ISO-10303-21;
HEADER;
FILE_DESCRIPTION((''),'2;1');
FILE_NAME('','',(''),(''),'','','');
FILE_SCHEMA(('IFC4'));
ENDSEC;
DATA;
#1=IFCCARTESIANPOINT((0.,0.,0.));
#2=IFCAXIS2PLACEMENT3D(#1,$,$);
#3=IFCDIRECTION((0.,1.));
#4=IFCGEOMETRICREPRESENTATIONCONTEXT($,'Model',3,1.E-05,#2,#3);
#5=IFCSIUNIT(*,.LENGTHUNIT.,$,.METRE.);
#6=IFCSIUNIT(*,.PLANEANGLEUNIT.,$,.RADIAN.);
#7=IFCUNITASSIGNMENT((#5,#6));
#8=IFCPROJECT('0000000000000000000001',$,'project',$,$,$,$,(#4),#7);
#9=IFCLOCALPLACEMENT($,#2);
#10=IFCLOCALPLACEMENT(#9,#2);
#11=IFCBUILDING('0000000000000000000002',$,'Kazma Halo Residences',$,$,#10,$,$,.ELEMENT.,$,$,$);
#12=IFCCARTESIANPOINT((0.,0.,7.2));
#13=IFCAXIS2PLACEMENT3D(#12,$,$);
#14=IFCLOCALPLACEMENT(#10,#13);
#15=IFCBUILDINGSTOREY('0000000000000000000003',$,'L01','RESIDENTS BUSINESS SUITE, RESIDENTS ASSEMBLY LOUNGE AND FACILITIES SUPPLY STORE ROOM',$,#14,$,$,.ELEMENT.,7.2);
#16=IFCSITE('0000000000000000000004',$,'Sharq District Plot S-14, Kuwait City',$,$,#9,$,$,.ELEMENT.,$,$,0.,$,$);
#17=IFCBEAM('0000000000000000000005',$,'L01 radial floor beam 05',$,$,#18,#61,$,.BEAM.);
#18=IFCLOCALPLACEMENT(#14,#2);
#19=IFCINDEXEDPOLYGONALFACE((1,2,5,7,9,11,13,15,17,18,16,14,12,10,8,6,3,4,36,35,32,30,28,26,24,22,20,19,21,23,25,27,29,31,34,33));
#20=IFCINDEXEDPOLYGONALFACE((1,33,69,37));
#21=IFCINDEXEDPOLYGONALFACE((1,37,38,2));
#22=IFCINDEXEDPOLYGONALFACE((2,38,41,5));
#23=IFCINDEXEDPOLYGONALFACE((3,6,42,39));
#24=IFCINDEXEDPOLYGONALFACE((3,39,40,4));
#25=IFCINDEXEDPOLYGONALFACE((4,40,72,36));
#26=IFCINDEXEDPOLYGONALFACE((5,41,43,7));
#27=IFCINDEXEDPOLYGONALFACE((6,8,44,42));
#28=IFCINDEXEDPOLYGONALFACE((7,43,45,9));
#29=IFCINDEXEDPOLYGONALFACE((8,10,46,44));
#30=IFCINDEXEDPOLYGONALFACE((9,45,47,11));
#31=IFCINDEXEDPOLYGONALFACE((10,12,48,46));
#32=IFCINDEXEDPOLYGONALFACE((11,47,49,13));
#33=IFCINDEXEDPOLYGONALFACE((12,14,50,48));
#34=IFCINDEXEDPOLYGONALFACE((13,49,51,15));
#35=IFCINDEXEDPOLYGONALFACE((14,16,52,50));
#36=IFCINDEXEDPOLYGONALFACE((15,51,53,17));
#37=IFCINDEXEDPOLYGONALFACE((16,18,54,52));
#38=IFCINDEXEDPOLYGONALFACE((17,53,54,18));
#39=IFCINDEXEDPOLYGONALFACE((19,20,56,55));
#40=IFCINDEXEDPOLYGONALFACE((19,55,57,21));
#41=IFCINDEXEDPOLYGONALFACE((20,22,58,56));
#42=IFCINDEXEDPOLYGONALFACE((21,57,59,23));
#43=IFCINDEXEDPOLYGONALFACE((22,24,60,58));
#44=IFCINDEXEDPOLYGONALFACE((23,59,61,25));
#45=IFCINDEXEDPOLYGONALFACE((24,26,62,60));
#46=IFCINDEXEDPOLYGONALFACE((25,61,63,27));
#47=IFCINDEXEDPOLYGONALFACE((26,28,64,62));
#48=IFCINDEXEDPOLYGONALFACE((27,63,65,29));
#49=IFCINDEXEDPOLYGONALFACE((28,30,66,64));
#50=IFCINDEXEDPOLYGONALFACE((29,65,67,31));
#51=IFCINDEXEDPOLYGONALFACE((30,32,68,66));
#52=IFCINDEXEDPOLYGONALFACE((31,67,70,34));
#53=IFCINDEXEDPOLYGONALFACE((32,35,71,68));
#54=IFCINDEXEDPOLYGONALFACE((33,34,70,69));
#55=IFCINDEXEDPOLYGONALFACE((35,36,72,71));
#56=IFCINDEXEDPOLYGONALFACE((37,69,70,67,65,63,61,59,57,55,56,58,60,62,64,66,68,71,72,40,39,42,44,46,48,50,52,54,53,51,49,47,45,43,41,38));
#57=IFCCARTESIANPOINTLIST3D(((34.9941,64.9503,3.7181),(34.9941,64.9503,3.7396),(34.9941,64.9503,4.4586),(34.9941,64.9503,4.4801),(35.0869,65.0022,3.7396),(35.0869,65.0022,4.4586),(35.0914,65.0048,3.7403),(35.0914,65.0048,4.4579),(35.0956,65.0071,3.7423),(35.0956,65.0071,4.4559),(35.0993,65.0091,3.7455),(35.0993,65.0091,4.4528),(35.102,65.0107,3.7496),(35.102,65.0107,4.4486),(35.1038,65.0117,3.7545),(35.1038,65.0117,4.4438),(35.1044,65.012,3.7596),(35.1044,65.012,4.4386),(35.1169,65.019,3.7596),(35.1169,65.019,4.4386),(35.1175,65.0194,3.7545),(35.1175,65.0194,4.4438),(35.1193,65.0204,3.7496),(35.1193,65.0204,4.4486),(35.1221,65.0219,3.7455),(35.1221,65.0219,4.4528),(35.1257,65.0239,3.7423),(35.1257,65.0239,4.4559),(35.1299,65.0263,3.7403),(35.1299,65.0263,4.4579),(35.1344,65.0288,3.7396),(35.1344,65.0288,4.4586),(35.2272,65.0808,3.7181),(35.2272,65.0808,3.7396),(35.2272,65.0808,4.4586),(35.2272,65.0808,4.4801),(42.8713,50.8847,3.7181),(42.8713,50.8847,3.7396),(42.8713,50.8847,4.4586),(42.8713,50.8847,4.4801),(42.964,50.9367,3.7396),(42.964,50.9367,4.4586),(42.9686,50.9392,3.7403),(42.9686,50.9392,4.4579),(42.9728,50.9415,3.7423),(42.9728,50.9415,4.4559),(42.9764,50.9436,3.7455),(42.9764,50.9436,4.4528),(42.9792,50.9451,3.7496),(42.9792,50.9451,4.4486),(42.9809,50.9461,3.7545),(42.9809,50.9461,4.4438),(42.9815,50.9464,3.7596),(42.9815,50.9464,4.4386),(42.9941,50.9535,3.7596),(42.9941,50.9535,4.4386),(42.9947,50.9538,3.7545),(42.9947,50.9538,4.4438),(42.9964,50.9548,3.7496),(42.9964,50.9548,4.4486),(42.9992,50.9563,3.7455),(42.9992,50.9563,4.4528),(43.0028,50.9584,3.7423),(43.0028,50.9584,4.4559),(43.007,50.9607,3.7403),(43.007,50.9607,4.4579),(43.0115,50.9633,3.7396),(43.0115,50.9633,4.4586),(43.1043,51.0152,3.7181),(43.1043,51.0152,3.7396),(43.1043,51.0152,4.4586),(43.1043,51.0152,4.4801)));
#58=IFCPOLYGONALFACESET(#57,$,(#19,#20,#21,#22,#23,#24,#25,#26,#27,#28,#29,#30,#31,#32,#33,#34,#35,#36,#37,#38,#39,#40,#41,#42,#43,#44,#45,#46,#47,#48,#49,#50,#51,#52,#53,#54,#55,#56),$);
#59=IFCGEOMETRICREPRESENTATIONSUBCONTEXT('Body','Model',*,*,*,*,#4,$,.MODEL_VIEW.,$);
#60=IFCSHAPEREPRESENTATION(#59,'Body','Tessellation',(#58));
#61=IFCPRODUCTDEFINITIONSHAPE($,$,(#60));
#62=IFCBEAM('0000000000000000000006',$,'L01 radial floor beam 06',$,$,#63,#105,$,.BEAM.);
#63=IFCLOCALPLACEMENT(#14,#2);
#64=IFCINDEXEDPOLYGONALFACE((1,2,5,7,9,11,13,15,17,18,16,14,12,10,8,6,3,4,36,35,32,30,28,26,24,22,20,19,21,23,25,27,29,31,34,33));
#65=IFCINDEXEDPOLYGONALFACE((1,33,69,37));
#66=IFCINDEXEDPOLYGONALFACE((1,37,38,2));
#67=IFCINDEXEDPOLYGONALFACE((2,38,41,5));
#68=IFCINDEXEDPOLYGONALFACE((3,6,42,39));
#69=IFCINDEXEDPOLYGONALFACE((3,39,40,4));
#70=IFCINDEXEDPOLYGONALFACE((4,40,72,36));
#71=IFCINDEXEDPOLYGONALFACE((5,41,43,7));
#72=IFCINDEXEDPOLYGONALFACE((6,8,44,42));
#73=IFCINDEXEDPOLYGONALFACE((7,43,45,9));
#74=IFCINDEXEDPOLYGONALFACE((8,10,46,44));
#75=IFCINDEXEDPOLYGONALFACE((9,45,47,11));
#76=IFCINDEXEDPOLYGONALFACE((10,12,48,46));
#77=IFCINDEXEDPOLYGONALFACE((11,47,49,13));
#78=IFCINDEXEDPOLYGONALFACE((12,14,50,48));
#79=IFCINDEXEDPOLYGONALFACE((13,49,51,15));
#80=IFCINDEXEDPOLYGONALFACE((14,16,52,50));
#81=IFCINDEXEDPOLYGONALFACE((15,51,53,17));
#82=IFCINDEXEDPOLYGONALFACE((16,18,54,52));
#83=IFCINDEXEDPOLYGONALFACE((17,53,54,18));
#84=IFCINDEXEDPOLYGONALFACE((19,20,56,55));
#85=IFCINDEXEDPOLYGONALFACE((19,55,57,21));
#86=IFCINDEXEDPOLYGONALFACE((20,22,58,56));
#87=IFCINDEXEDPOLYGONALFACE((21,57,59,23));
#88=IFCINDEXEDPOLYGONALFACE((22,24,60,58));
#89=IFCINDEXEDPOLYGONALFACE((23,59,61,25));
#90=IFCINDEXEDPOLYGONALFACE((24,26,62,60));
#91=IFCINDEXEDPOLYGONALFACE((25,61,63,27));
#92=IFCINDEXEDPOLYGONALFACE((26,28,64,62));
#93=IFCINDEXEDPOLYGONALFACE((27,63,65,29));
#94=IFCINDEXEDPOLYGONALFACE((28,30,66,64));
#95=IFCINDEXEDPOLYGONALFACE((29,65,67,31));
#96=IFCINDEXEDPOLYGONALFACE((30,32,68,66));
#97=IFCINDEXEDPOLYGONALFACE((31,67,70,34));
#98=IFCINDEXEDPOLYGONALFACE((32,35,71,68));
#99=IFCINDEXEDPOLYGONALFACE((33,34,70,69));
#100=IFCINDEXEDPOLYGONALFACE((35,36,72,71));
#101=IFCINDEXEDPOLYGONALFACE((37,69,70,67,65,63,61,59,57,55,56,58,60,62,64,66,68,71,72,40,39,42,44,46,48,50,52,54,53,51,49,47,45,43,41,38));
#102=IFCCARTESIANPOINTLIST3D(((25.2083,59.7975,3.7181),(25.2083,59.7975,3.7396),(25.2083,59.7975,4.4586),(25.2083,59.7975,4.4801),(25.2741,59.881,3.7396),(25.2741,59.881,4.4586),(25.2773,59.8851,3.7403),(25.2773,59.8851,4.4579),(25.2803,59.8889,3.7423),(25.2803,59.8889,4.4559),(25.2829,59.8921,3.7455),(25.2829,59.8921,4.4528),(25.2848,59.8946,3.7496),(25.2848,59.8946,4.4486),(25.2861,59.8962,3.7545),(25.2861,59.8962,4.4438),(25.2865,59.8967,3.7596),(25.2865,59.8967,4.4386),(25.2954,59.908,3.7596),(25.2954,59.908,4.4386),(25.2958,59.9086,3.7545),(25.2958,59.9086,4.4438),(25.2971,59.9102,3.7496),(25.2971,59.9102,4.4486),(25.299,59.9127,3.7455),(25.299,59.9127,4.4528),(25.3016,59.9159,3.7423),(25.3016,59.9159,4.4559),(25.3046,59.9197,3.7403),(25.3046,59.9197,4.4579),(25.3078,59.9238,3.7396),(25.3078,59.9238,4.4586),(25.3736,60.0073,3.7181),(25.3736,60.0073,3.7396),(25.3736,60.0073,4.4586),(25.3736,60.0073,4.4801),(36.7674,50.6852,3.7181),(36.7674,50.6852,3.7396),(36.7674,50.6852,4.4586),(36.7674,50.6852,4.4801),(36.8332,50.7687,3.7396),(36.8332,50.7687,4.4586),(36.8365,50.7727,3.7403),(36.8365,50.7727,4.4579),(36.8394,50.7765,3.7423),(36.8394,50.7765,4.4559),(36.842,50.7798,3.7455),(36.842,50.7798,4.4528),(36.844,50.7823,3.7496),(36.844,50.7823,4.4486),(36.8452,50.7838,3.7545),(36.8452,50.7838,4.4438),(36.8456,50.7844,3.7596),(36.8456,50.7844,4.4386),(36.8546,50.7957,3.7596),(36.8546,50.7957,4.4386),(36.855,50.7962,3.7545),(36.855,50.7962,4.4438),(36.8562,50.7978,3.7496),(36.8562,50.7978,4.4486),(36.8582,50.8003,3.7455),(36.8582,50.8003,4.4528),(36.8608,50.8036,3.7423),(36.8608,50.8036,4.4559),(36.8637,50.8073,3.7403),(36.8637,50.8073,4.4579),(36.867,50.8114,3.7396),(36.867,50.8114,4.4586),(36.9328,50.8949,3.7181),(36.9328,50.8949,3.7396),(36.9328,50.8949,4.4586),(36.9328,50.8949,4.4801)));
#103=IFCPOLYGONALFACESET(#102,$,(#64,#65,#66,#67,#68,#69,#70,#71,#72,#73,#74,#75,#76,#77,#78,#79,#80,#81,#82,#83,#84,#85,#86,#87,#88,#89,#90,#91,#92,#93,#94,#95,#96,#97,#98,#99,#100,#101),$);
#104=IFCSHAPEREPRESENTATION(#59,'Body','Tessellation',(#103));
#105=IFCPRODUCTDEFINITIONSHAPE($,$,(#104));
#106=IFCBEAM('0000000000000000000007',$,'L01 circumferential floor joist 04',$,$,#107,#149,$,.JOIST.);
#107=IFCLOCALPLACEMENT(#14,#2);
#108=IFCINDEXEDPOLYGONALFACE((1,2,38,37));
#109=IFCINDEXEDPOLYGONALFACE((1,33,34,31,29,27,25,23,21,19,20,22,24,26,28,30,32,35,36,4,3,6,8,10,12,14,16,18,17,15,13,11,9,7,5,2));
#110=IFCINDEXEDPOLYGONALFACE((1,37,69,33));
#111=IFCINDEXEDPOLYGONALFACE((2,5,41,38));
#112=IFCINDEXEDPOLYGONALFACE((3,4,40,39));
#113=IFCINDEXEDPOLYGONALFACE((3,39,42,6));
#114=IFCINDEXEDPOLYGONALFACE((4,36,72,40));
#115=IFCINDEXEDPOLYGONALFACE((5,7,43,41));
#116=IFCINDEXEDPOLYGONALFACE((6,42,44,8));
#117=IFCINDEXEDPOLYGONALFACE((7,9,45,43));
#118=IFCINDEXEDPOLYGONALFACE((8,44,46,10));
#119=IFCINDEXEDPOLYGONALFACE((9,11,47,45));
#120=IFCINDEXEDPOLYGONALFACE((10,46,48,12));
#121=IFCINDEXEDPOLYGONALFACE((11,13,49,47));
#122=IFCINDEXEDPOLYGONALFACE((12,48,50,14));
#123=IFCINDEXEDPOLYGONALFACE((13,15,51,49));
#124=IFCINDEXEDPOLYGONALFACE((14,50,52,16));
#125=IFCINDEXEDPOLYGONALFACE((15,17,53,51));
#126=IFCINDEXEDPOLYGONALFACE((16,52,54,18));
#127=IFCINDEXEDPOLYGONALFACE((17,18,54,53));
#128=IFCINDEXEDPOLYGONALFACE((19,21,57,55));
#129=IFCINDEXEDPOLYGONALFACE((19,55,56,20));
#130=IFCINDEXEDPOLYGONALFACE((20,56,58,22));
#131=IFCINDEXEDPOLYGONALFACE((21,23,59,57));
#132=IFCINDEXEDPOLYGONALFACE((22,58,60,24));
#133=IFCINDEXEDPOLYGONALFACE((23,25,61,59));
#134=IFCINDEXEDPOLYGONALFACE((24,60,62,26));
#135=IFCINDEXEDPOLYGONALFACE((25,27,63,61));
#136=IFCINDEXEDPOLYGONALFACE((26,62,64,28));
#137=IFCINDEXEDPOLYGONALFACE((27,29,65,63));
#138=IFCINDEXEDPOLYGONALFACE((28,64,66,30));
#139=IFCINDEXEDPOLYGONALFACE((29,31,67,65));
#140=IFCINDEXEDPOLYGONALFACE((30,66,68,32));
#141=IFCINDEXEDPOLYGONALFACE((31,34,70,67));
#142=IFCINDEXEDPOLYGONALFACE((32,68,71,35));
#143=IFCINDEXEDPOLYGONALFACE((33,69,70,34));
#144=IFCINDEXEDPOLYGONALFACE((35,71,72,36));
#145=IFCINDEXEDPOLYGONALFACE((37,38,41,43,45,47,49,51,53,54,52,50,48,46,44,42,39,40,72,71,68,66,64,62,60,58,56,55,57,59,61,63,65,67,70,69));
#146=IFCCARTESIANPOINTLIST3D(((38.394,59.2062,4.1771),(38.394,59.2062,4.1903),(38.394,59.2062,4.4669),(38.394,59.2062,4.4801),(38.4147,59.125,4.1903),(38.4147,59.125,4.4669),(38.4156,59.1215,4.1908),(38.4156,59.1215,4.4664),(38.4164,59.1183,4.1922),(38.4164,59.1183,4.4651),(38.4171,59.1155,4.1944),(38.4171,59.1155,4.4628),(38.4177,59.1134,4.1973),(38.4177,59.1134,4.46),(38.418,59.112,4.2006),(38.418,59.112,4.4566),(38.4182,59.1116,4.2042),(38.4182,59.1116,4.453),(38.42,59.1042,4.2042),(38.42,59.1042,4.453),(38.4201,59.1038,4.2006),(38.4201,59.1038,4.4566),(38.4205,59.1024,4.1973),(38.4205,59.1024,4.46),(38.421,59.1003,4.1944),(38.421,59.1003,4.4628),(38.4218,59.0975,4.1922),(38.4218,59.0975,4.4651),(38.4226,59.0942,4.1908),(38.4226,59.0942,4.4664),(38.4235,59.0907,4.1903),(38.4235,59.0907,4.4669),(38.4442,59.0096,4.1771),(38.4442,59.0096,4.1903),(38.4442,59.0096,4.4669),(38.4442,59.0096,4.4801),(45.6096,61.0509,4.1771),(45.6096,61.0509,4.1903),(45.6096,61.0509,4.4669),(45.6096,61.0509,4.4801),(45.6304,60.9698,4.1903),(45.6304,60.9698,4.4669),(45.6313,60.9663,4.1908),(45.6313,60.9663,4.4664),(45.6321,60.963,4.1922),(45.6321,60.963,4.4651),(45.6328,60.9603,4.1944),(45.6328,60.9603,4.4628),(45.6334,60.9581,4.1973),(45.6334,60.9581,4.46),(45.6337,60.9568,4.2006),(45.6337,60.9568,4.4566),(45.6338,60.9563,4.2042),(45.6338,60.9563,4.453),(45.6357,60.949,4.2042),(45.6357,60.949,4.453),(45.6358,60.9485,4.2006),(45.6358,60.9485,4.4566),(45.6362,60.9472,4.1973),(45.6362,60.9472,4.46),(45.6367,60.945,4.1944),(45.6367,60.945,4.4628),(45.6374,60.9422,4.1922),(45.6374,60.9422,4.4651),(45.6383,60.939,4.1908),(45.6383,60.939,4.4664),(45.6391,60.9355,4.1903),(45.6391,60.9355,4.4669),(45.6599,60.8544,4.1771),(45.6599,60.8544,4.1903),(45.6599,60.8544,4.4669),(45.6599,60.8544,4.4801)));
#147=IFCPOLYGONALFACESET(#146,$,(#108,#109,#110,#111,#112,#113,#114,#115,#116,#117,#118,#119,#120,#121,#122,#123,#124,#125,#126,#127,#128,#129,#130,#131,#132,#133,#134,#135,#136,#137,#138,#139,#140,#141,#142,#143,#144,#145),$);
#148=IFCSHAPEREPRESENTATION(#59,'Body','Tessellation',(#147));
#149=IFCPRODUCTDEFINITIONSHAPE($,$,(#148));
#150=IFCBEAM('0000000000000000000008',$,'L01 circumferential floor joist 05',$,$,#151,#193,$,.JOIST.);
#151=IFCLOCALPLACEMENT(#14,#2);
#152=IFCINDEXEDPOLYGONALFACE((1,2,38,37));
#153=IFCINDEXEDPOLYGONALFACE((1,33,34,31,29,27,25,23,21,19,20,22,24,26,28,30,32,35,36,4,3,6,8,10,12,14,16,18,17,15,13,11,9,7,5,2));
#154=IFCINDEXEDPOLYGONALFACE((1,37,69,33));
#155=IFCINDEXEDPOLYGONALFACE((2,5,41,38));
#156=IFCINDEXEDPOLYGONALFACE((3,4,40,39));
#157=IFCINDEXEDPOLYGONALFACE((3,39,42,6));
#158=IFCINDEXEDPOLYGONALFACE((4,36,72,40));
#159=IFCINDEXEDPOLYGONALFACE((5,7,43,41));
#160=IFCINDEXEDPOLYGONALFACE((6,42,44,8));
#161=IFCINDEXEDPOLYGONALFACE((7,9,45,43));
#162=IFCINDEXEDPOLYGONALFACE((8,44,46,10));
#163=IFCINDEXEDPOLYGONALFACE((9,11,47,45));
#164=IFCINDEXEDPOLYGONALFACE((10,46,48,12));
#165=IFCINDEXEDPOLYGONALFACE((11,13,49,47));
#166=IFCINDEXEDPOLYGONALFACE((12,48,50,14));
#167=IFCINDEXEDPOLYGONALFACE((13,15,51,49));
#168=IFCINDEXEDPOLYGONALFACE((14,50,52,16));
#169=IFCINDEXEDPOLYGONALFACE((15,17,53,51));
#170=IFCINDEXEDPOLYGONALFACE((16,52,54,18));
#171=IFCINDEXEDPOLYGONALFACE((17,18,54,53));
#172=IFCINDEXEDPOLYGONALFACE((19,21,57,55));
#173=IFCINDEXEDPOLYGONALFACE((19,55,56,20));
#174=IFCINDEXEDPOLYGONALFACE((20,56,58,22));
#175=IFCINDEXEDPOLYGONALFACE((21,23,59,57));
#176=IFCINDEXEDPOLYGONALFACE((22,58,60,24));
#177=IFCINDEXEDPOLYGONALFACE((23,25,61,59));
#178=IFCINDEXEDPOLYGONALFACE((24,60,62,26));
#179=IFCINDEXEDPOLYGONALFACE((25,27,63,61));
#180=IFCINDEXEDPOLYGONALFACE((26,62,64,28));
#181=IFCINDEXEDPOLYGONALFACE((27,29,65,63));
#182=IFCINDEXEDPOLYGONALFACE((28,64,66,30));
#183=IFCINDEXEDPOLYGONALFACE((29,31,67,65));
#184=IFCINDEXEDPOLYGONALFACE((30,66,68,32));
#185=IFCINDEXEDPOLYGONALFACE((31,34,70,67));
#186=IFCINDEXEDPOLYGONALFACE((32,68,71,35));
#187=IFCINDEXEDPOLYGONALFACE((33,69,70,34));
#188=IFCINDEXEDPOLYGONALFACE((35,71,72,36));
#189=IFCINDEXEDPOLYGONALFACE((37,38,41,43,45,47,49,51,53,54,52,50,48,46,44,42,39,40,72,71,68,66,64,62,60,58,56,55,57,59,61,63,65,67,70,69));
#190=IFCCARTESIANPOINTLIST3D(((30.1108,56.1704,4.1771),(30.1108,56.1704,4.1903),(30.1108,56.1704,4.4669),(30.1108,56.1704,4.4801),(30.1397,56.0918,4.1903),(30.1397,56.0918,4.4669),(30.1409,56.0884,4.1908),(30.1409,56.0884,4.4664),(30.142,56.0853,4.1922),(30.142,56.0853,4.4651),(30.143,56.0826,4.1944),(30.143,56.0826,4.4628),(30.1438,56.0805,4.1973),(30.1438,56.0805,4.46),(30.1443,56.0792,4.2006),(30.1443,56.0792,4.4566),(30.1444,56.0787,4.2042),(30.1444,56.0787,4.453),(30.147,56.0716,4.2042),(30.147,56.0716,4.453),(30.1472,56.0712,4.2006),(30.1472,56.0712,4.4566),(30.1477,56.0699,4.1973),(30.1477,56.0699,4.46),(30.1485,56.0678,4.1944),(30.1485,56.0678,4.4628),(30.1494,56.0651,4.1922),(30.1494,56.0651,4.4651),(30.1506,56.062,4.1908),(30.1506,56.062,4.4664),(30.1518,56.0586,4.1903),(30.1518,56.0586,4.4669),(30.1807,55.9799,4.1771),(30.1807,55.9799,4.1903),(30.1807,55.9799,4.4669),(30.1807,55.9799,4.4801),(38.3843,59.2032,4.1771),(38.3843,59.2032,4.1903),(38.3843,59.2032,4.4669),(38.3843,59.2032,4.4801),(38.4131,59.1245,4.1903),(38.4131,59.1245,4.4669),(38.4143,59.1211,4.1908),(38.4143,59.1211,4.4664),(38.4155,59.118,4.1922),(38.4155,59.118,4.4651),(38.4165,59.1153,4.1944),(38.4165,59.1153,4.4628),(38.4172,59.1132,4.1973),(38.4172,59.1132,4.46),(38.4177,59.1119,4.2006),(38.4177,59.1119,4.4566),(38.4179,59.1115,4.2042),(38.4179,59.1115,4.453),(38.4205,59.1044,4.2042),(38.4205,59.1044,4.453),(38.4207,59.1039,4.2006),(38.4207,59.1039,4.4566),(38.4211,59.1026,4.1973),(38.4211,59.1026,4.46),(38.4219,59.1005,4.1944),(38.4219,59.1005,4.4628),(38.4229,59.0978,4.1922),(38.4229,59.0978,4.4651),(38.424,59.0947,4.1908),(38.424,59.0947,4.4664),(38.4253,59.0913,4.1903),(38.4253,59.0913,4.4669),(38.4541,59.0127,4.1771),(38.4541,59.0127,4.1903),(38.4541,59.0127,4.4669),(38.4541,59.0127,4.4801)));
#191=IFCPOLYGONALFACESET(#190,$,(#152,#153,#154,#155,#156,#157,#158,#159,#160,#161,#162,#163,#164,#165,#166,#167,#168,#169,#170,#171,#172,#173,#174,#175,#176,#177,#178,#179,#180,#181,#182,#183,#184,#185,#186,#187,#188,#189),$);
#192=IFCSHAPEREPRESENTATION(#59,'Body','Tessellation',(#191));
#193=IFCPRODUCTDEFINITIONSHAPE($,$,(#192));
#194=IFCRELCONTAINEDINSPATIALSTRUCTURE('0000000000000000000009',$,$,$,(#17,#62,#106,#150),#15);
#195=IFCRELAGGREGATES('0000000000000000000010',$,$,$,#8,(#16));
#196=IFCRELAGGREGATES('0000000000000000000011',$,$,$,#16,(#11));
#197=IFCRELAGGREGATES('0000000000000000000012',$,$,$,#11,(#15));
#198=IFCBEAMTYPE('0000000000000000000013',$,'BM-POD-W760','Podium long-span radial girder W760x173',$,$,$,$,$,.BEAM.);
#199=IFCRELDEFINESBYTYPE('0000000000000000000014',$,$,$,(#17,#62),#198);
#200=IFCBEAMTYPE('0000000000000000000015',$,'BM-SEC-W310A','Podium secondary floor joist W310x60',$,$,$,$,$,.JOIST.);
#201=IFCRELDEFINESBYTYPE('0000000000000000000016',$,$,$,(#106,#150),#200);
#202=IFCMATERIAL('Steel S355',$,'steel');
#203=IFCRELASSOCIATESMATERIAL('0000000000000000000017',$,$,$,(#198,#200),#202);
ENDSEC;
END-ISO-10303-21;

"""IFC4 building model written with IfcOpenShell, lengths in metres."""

from ifc_helpers import new_model, si_unit, direction, frame, origin, origin_2d, place, context, subcontext, project, spatial, i_section, extrude, material, material_profile, profile_set, type_object, element, save


model = new_model("IFC4")

# Units and contexts
model_context = context("Model", 3, precision=1e-05, world=origin(), true_north=direction((0.0, 1.0)))
body_context = subcontext(model_context, "Body", "Model", "MODEL_VIEW")
ifc_project = project(units=[si_unit("LENGTHUNIT", "METRE"), si_unit("PLANEANGLEUNIT", "RADIAN")], contexts=[model_context])

# Site, building, storey
site_placement = place(None, origin())
site = spatial("IfcSite", under=ifc_project, at=site_placement, Name="Sharq District Plot S-14, Kuwait City", CompositionType="ELEMENT", RefElevation=0.0)
building_placement = place(site_placement, origin())
building = spatial("IfcBuilding", under=site, at=building_placement, Name="Kazma Halo Residences", CompositionType="ELEMENT")
storey_placement = place(building_placement, frame((0.0, 0.0, 7.2)))
storey = spatial("IfcBuildingStorey", under=building, at=storey_placement, Name="L01", Description="RESIDENTS BUSINESS SUITE, RESIDENTS ASSEMBLY LOUNGE AND FACILITIES SUPPLY STORE ROOM", CompositionType="ELEMENT", Elevation=7.2)

# Beams
ifc_material_1 = material(Name="Steel S355", Category="steel")
ifc_material_profile_1 = material_profile(ifc_material_1, i_section(OverallWidth=0.2671, OverallDepth=0.762, WebThickness=0.0144, FlangeThickness=0.0215, FilletRadius=0.02, at=origin_2d()), Name="W760x173")
ifc_profile_set_1 = profile_set([ifc_material_profile_1], Name="Steel S355")
beam_type_1 = type_object("IfcBeamType", Name="BM-POD-W760", Description="Podium long-span radial girder W760x173", PredefinedType="BEAM", material=ifc_profile_set_1)
beam_1_placement = place(storey_placement, frame((42.9878, 50.95, 4.0991), z_axis=(-0.488623, 0.872495, 0.0), x_axis=(-0.872495, -0.488623, 0.0)))
element("IfcBeam", 1, at=beam_1_placement, inside=storey, type_object=beam_type_1, Name="L01 radial floor beam 05", PredefinedType="BEAM", context=body_context, shape_type="SweptSolid", body=[
    extrude(i_section(OverallWidth=0.2671, OverallDepth=0.762, WebThickness=0.0144, FlangeThickness=0.0215, FilletRadius=0.02, at=origin_2d()), origin(), (0.0, 0.0, 1.0), 16.1211),
])
beam_2_placement = place(storey_placement, frame((36.8501, 50.79, 4.0991), z_axis=(-0.785322, 0.619088, 0.0), x_axis=(-0.619088, -0.785322, 0.0)))
element("IfcBeam", 2, at=beam_2_placement, inside=storey, type_object=beam_type_1, Name="L01 radial floor beam 06", PredefinedType="BEAM", context=body_context, shape_type="SweptSolid", body=[
    extrude(i_section(OverallWidth=0.2671, OverallDepth=0.762, WebThickness=0.0144, FlangeThickness=0.0215, FilletRadius=0.02, at=origin_2d()), origin(), (0.0, 0.0, 1.0), 14.719),
])
ifc_material_profile_2 = material_profile(ifc_material_1, i_section(OverallWidth=0.2029, OverallDepth=0.303, WebThickness=0.0076, FlangeThickness=0.0132, FilletRadius=0.0139, at=origin_2d()), Name="W310x60")
ifc_profile_set_2 = profile_set([ifc_material_profile_2], Name="Steel S355")
beam_type_2 = type_object("IfcBeamType", Name="BM-SEC-W310A", Description="Podium secondary floor joist W310x60", PredefinedType="JOIST", material=ifc_profile_set_2)
beam_3_placement = place(storey_placement, frame((45.6348, 60.9526, 4.3286), z_axis=(-0.968839, -0.247692, 0.0), x_axis=(0.247692, -0.968839, 0.0)))
element("IfcBeam", 3, at=beam_3_placement, inside=storey, type_object=beam_type_2, Name="L01 circumferential floor joist 04", PredefinedType="JOIST", context=body_context, shape_type="SweptSolid", body=[
    extrude(i_section(OverallWidth=0.2029, OverallDepth=0.303, WebThickness=0.0076, FlangeThickness=0.0132, FilletRadius=0.0139, at=origin_2d()), origin(), (0.0, 0.0, 1.0), 7.4478),
])
beam_4_placement = place(storey_placement, frame((38.4192, 59.1079, 4.3286), z_axis=(-0.938909, -0.344167, 0.0), x_axis=(0.344167, -0.938909, 0.0)))
element("IfcBeam", 4, at=beam_4_placement, inside=storey, type_object=beam_type_2, Name="L01 circumferential floor joist 05", PredefinedType="JOIST", context=body_context, shape_type="SweptSolid", body=[
    extrude(i_section(OverallWidth=0.2029, OverallDepth=0.303, WebThickness=0.0076, FlangeThickness=0.0132, FilletRadius=0.0139, at=origin_2d()), origin(), (0.0, 0.0, 1.0), 8.8118),
])

save(model, "model.ifc")
